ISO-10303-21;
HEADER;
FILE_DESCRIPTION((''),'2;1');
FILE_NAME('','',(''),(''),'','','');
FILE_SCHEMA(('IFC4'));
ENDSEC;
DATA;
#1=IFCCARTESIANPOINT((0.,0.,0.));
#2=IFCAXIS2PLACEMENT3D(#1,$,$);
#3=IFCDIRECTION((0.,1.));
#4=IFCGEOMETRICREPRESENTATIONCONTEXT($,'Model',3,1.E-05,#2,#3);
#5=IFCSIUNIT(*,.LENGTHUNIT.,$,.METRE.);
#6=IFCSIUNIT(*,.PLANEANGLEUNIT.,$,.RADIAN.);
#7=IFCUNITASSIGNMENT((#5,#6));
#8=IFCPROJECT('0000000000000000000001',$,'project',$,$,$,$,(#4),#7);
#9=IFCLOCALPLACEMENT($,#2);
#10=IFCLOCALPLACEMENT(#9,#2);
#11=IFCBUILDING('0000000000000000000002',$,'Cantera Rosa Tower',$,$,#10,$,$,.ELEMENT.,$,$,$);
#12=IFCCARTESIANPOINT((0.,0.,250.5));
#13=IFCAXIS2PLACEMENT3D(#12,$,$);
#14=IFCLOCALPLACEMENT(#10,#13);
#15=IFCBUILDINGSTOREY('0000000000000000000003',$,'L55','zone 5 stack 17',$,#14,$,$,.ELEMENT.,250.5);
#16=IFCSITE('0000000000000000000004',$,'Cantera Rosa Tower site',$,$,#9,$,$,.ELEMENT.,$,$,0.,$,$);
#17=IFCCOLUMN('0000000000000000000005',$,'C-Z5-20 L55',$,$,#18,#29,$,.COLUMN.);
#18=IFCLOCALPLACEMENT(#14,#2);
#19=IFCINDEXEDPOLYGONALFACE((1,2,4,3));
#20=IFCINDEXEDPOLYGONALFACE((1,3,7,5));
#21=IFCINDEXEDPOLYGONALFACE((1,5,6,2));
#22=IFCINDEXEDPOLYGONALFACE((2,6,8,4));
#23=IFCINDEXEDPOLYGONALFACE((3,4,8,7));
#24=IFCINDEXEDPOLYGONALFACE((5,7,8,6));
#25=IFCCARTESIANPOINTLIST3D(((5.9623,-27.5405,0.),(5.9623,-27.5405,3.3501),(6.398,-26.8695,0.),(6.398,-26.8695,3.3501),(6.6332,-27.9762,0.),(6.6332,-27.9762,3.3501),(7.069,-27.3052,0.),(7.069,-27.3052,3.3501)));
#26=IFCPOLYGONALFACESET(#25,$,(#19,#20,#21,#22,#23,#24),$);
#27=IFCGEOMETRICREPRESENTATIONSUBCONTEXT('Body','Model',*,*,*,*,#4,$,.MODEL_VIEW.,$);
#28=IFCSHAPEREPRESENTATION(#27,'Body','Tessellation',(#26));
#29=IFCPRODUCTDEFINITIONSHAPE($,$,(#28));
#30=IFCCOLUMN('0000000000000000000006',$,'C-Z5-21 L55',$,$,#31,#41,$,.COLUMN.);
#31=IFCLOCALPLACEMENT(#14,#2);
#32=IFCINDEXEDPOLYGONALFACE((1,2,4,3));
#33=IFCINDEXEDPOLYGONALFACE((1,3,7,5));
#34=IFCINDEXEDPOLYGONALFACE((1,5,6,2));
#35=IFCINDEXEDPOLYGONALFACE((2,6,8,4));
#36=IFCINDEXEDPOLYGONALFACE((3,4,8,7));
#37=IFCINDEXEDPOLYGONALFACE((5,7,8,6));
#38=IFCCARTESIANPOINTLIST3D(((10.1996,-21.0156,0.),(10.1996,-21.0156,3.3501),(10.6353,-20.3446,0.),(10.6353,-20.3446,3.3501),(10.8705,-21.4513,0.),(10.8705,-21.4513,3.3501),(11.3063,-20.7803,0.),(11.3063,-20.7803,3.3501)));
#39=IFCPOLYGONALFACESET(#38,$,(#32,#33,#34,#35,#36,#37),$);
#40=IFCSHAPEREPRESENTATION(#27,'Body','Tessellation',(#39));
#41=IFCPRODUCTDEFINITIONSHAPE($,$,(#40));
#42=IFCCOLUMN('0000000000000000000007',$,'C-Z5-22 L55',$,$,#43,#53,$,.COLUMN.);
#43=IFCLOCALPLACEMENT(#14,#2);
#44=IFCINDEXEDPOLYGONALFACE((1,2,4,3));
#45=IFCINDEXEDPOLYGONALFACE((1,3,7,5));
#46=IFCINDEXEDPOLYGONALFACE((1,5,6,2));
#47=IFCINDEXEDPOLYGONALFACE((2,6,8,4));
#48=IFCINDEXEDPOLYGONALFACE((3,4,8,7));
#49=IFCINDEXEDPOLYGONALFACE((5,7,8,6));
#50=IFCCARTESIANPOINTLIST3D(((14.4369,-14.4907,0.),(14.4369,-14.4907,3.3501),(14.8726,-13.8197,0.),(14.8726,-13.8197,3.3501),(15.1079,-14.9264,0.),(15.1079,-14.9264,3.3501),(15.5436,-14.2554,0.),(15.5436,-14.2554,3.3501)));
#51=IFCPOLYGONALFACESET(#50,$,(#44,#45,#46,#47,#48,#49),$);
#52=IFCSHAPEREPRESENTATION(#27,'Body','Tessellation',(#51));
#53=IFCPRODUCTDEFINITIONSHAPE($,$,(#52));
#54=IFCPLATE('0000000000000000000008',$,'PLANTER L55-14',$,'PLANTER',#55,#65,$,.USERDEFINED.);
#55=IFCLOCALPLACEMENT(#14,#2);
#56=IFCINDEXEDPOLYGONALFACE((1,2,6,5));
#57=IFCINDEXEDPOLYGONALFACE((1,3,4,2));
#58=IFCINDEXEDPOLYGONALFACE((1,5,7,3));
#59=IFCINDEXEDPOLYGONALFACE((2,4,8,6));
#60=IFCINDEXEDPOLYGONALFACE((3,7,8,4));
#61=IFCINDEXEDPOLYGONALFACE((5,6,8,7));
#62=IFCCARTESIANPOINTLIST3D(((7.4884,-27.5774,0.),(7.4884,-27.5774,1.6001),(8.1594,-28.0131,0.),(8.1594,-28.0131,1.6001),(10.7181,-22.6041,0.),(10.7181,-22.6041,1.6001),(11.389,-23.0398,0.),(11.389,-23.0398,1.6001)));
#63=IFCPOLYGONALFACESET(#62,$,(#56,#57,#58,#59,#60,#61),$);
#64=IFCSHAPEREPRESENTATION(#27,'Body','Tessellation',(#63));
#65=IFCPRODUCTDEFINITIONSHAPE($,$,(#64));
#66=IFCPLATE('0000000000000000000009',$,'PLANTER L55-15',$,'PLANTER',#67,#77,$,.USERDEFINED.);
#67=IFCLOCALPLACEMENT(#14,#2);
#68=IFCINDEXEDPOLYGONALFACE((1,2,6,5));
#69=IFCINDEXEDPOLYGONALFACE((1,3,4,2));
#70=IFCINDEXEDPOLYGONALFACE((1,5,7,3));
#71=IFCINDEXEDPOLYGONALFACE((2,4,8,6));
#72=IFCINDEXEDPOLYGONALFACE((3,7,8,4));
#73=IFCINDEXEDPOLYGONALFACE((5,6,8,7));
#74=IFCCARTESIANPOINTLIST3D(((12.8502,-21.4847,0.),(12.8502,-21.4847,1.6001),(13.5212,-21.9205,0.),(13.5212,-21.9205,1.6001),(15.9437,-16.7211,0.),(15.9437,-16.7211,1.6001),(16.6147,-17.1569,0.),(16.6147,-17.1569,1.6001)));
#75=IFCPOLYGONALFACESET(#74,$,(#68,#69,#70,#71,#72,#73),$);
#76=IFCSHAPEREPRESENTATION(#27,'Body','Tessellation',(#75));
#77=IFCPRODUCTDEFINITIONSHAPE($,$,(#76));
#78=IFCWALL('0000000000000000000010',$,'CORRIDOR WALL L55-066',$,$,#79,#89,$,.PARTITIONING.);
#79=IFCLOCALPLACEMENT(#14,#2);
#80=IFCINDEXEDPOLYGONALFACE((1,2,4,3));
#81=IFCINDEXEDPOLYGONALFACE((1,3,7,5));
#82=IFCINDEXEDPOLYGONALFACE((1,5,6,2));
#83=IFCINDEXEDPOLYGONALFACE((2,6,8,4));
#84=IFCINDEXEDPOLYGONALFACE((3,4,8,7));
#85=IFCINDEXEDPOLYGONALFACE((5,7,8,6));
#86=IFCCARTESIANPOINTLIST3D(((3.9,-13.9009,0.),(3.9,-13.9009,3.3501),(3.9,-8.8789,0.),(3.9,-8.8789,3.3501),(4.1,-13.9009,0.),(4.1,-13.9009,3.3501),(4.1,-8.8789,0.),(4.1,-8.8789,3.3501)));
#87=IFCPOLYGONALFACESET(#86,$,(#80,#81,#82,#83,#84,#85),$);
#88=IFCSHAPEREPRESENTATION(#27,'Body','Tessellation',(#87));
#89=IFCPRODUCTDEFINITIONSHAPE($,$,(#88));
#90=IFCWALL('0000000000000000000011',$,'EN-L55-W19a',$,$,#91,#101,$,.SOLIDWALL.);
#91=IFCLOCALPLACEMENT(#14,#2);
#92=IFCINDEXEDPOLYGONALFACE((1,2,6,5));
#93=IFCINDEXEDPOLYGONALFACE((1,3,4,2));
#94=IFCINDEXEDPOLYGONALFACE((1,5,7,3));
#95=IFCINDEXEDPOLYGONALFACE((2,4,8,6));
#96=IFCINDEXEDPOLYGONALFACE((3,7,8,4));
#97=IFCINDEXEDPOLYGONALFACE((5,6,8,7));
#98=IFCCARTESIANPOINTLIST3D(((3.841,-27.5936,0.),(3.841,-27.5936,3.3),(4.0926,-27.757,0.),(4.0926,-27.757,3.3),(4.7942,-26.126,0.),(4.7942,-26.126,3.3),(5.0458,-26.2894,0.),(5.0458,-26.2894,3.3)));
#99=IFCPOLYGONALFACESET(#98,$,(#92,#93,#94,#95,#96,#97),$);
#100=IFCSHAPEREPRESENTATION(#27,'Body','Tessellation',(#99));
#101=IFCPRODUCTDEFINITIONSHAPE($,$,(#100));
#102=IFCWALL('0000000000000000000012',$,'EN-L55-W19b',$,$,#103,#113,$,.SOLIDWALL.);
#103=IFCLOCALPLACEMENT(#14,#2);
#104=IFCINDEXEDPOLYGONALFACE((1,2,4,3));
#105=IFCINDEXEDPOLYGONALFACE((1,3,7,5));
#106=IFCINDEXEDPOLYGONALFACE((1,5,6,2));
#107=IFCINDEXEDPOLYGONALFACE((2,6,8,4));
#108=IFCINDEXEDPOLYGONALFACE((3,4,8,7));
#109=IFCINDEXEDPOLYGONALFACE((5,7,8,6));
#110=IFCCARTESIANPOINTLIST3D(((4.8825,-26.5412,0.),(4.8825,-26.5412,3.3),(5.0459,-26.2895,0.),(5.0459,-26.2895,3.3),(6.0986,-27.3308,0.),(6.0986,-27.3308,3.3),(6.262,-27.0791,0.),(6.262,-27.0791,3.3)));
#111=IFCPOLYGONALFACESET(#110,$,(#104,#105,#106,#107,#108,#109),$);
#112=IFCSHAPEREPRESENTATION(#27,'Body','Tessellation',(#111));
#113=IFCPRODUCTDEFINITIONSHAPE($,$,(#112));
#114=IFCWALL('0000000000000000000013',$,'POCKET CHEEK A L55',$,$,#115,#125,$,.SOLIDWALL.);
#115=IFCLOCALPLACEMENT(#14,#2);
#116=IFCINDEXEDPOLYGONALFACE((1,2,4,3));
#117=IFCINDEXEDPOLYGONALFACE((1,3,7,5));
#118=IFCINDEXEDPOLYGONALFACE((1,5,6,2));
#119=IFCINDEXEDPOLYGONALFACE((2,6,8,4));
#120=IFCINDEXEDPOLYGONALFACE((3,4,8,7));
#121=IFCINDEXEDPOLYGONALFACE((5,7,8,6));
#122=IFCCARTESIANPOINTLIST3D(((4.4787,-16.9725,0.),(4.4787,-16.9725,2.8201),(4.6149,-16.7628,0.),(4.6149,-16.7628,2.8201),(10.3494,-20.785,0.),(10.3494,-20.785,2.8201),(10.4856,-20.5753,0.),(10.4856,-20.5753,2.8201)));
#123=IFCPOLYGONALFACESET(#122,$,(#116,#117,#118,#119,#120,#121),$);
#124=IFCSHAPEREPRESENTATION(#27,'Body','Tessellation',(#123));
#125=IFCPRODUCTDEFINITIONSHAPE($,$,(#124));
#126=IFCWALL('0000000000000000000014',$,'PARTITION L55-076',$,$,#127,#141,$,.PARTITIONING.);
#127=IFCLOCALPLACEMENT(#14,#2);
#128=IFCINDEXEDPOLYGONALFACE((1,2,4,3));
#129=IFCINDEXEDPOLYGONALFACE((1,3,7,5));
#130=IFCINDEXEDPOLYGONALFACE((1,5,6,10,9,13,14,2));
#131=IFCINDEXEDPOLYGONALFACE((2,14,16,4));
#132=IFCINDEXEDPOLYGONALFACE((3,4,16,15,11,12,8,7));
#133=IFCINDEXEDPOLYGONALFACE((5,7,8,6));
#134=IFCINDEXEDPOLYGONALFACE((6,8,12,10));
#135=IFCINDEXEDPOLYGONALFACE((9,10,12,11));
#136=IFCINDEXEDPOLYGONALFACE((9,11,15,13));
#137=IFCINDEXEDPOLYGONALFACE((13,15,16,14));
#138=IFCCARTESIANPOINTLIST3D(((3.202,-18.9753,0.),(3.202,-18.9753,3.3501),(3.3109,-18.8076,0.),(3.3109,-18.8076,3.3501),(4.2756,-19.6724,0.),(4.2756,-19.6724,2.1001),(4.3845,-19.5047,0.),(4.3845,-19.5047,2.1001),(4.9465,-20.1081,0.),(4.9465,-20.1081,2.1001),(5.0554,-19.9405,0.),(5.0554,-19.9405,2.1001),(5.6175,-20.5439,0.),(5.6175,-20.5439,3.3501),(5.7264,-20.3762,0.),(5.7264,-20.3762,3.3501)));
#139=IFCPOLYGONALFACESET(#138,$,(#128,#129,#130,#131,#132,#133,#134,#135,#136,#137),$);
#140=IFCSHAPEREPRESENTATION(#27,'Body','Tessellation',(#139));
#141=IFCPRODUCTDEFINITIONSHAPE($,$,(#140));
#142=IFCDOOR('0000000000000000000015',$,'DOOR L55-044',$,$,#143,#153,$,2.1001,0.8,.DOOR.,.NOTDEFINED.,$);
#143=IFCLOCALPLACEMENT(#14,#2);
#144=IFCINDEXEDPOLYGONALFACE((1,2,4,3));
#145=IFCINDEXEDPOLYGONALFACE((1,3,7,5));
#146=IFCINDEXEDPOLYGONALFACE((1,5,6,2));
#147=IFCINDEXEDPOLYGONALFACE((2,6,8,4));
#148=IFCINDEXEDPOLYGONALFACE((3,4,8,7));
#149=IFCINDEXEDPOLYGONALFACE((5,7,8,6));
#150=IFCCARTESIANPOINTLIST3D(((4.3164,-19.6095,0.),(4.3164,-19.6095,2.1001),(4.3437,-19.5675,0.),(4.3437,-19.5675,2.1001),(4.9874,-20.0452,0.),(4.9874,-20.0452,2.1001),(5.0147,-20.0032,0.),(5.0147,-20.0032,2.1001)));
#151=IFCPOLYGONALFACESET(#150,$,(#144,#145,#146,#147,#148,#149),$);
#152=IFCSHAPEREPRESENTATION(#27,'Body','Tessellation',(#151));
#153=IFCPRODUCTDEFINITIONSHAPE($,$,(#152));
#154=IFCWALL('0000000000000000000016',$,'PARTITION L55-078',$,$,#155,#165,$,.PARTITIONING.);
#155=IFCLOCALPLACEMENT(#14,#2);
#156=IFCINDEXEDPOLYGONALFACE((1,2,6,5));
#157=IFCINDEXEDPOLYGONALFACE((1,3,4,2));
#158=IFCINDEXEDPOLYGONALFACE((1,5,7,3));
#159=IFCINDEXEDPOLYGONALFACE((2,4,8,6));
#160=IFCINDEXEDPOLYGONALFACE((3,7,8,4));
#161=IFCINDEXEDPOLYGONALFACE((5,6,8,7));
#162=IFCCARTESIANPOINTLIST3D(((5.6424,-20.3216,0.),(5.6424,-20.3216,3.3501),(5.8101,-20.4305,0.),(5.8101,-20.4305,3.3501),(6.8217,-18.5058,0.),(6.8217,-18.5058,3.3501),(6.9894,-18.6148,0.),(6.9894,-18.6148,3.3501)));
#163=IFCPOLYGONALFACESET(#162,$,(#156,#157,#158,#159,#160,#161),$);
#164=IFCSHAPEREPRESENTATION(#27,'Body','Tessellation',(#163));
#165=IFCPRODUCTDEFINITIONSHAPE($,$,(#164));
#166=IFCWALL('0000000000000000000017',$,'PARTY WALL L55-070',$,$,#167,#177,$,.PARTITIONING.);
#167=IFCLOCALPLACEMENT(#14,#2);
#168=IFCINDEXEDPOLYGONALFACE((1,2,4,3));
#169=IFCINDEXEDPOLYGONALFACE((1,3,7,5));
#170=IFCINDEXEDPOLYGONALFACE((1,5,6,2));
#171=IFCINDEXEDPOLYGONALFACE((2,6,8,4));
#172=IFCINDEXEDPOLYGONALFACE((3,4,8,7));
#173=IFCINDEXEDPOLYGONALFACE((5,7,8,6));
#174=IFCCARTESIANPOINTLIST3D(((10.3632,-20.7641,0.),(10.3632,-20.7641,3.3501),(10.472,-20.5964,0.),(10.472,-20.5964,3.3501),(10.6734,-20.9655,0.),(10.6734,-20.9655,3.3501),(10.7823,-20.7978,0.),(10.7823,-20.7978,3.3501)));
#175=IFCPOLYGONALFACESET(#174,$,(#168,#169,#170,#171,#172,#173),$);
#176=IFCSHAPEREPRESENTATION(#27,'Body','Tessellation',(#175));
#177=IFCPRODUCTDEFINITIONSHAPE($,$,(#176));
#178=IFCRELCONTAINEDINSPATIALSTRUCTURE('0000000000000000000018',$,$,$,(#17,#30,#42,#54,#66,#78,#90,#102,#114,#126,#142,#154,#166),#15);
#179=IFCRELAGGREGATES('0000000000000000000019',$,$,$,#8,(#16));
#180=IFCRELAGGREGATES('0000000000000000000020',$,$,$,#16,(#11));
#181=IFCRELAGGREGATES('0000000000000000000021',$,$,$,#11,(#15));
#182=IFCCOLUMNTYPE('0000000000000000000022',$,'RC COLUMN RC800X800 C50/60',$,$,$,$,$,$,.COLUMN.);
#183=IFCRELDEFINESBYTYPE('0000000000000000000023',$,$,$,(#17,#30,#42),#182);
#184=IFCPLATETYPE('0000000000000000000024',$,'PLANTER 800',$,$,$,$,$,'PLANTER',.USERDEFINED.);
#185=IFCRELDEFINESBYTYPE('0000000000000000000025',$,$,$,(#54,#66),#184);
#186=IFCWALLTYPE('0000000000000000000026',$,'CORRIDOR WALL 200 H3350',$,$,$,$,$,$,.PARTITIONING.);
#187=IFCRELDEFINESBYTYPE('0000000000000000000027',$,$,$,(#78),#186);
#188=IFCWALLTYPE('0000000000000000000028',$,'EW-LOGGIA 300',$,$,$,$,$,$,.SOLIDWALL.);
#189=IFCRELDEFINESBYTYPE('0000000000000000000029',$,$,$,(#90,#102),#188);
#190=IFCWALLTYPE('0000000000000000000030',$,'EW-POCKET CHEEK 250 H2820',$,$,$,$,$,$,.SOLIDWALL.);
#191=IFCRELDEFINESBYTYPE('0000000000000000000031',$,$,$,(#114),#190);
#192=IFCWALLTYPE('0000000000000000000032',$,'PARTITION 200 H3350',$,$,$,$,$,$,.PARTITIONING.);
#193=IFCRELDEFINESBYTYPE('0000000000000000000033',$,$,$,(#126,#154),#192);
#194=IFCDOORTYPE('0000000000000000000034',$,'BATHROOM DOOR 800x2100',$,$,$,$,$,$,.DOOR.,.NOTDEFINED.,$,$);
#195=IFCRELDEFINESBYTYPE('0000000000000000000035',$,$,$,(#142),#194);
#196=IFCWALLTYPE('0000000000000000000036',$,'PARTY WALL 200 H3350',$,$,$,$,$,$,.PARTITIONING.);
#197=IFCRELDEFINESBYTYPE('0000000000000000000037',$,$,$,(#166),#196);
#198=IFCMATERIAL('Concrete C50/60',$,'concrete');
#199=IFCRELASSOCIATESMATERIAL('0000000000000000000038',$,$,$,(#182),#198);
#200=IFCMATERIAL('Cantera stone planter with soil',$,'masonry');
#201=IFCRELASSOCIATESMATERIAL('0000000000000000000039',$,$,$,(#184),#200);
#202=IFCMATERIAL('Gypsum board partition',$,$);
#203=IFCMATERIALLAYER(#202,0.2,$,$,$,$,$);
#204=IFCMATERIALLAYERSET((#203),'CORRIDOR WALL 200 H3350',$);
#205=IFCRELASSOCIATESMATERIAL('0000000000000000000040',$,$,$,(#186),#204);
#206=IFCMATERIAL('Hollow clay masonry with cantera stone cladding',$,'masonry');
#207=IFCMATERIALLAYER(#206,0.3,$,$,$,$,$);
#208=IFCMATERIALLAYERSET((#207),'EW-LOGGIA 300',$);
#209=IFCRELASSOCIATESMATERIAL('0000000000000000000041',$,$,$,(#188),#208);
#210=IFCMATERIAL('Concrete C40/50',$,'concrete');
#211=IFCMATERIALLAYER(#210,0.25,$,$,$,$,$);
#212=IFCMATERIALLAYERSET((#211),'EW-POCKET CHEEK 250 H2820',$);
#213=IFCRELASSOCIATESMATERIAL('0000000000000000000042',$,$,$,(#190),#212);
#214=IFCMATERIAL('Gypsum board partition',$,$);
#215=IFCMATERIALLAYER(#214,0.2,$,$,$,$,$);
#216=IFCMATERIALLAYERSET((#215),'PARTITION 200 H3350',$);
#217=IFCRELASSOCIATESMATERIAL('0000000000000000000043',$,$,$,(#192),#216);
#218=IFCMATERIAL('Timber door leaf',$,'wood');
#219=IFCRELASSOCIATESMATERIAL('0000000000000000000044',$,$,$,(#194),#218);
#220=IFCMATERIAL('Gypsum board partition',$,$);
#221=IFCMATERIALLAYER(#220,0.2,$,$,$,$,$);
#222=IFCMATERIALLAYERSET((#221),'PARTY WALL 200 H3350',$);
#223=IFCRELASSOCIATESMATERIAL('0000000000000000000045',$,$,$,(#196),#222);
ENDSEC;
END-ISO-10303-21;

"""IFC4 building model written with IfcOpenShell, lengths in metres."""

from ifc_helpers import new_model, si_unit, direction, frame, frame_2d, origin, origin_2d, place, context, subcontext, project, spatial, rectangle, extrude, material, layer, layer_set, material_profile, profile_set, type_object, element, fill, save


model = new_model("IFC4")

# Units and contexts
model_context = context("Model", 3, precision=1e-05, world=origin(), true_north=direction((0.0, 1.0)))
body_context = subcontext(model_context, "Body", "Model", "MODEL_VIEW")
ifc_project = project(units=[si_unit("LENGTHUNIT", "METRE"), si_unit("PLANEANGLEUNIT", "RADIAN")], contexts=[model_context])

# Site, building, storey
site_placement = place(None, origin())
site = spatial("IfcSite", under=ifc_project, at=site_placement, Name="Cantera Rosa Tower site", CompositionType="ELEMENT", RefElevation=0.0)
building_placement = place(site_placement, origin())
building = spatial("IfcBuilding", under=site, at=building_placement, Name="Cantera Rosa Tower", CompositionType="ELEMENT")
storey_placement = place(building_placement, frame((0.0, 0.0, 250.5)))
storey = spatial("IfcBuildingStorey", under=building, at=storey_placement, Name="L55", Description="zone 5 stack 17", CompositionType="ELEMENT", Elevation=250.5)

# Columns
ifc_material_1 = material(Name="Concrete C50/60", Category="concrete")
ifc_material_profile = material_profile(ifc_material_1, rectangle(XDim=0.8, YDim=0.8, at=origin_2d()), Name="RC COLUMN RC800X800 C50/60")
ifc_profile_set = profile_set([ifc_material_profile], Name="Concrete C50/60")
column_type = type_object("IfcColumnType", Name="RC COLUMN RC800X800 C50/60", PredefinedType="COLUMN", material=ifc_profile_set)
for number, where, z_axis, x_axis, name in (
    (1, (6.5156, -27.4229, 0.0), (0.0, 0.0, 1.0), (0.544639, 0.838671, 0.0), "C-Z5-20 L55"),
    (2, (10.7529, -20.8979, 0.0), (0.0, 0.0, 1.0), (0.544639, 0.838671, 0.0), "C-Z5-21 L55"),
    (3, (14.9902, -14.373, 0.0), (0.0, 0.0, 1.0), (0.544639, 0.838671, 0.0), "C-Z5-22 L55"),
):
    element("IfcColumn", number, at=place(storey_placement, frame(where, z_axis=z_axis, x_axis=x_axis)), inside=storey, type_object=column_type, Name=name, PredefinedType="COLUMN", context=body_context, shape_type="SweptSolid", body=[
        extrude(rectangle(XDim=0.8, YDim=0.8, at=origin_2d()), origin(), (0.0, 0.0, 1.0), 3.3501),
    ])

# Plates
ifc_material_2 = material(Name="Cantera stone planter with soil", Category="masonry")
plate_type = type_object("IfcPlateType", Name="PLANTER 800", ElementType="PLANTER", PredefinedType="USERDEFINED", material=ifc_material_2)
plate_1_placement = place(storey_placement, frame((9.4387, -25.3086, 0.0), z_axis=(0.0, 0.0, 1.0), x_axis=(0.544639, 0.838671, 0.0)))
element("IfcPlate", 4, at=plate_1_placement, inside=storey, type_object=plate_type, Name="PLANTER L55-14", ObjectType="PLANTER", PredefinedType="USERDEFINED", context=body_context, shape_type="SweptSolid", body=[
    extrude(rectangle(XDim=5.9299, YDim=0.8, at=origin_2d()), origin(), (0.0, 0.0, 1.0), 1.6001),
])
plate_2_placement = place(storey_placement, frame((14.7324, -19.3208, 0.0), z_axis=(0.0, 0.0, 1.0), x_axis=(0.544639, 0.838671, 0.0)))
element("IfcPlate", 5, at=plate_2_placement, inside=storey, type_object=plate_type, Name="PLANTER L55-15", ObjectType="PLANTER", PredefinedType="USERDEFINED", context=body_context, shape_type="SweptSolid", body=[
    extrude(rectangle(XDim=5.6799, YDim=0.8, at=origin_2d()), origin(), (0.0, 0.0, 1.0), 1.6001),
])

# Walls
ifc_material_3 = material(Name="Gypsum board partition")
ifc_layer_1 = layer(ifc_material_3, 0.2)
ifc_layer_set_1 = layer_set([ifc_layer_1], Name="CORRIDOR WALL 200 H3350")
wall_type_1 = type_object("IfcWallType", Name="CORRIDOR WALL 200 H3350", PredefinedType="PARTITIONING", material=ifc_layer_set_1)
wall_1_placement = place(storey_placement, frame((4.0, -13.9009, 0.0), z_axis=(0.0, 0.0, 1.0), x_axis=(0.0, 1.0, 0.0)))
element("IfcWall", 6, at=wall_1_placement, inside=storey, type_object=wall_type_1, Name="CORRIDOR WALL L55-066", PredefinedType="PARTITIONING", context=body_context, shape_type="SweptSolid", body=[
    extrude(rectangle(XDim=5.022, YDim=0.2, at=frame_2d((2.511, 0.0))), origin(), (0.0, 0.0, 1.0), 3.3501),
])
ifc_material_4 = material(Name="Hollow clay masonry with cantera stone cladding", Category="masonry")
ifc_layer_2 = layer(ifc_material_4, 0.3)
ifc_layer_set_2 = layer_set([ifc_layer_2], Name="EW-LOGGIA 300")
wall_type_2 = type_object("IfcWallType", Name="EW-LOGGIA 300", PredefinedType="SOLIDWALL", material=ifc_layer_set_2)
wall_2_placement = place(storey_placement, frame((3.9668, -27.6753, 0.0), z_axis=(0.0, 0.0, 1.0), x_axis=(0.544679, 0.838644, 0.0)))
element("IfcWall", 7, at=wall_2_placement, inside=storey, type_object=wall_type_2, Name="EN-L55-W19a", PredefinedType="SOLIDWALL", context=body_context, shape_type="SweptSolid", body=[
    extrude(rectangle(XDim=1.75, YDim=0.3, at=frame_2d((0.875, 0.0))), origin(), (0.0, 0.0, 1.0), 3.3),
])
wall_3_placement = place(storey_placement, frame((4.9641, -26.4153, 0.0), z_axis=(0.0, 0.0, 1.0), x_axis=(0.838724, -0.544556, 0.0)))
element("IfcWall", 8, at=wall_3_placement, inside=storey, type_object=wall_type_2, Name="EN-L55-W19b", PredefinedType="SOLIDWALL", context=body_context, shape_type="SweptSolid", body=[
    extrude(rectangle(XDim=1.45, YDim=0.3, at=frame_2d((0.7251, 0.0))), origin(), (0.0, 0.0, 1.0), 3.3),
])

# Wall
ifc_material_5 = material(Name="Concrete C40/50", Category="concrete")
ifc_layer_3 = layer(ifc_material_5, 0.25)
ifc_layer_set_3 = layer_set([ifc_layer_3], Name="EW-POCKET CHEEK 250 H2820")
wall_type_3 = type_object("IfcWallType", Name="EW-POCKET CHEEK 250 H2820", PredefinedType="SOLIDWALL", material=ifc_layer_set_3)
wall_4_placement = place(storey_placement, frame((10.4175, -20.6802, 0.0), z_axis=(0.0, 0.0, 1.0), x_axis=(-0.838665, 0.544647, 0.0)))
element("IfcWall", 9, at=wall_4_placement, inside=storey, type_object=wall_type_3, Name="POCKET CHEEK A L55", PredefinedType="SOLIDWALL", context=body_context, shape_type="SweptSolid", body=[
    extrude(rectangle(XDim=7.0, YDim=0.25, at=frame_2d((3.5, 0.0))), origin(), (0.0, 0.0, 1.0), 2.8201),
])

# Wall, opening, door
ifc_material_6 = material(Name="Gypsum board partition")
ifc_layer_4 = layer(ifc_material_6, 0.2)
ifc_layer_set_4 = layer_set([ifc_layer_4], Name="PARTITION 200 H3350")
wall_type_4 = type_object("IfcWallType", Name="PARTITION 200 H3350", PredefinedType="PARTITIONING", material=ifc_layer_set_4)
wall_5_placement = place(storey_placement, frame((5.6719, -20.46, 0.0), z_axis=(0.0, 0.0, 1.0), x_axis=(-0.83868, 0.544625, 0.0)))
wall_5 = element("IfcWall", 10, at=wall_5_placement, inside=storey, type_object=wall_type_4, Name="PARTITION L55-076", PredefinedType="PARTITIONING", context=body_context, shape_type="SweptSolid", body=[
    extrude(rectangle(XDim=2.8801, YDim=0.2, at=frame_2d((1.4399, 0.0))), origin(), (0.0, 0.0, 1.0), 3.3501),
])
opening_1_placement = place(wall_5_placement, frame((0.8, 0.0, 0.0)))
opening_1 = element("IfcOpeningElement", 11, at=opening_1_placement, cuts=wall_5, PredefinedType="OPENING", context=body_context, shape_type="SweptSolid", body=[
    extrude(rectangle(XDim=0.8, YDim=2.1001, at=frame_2d((0.3999, 1.05))), frame((0.0, 0.1099, 0.0), z_axis=(0.0, -1.0, 0.0), x_axis=(1.0, 0.0, 0.0)), (0.0, 0.0, 1.0), 0.22),
])
ifc_material_7 = material(Name="Timber door leaf", Category="wood")
door_type_1 = type_object("IfcDoorType", Name="BATHROOM DOOR 800x2100", OperationType="NOTDEFINED", PredefinedType="DOOR", material=ifc_material_7)
door_1_placement = place(opening_1_placement, origin())
door_1 = element("IfcDoor", 12, at=door_1_placement, inside=storey, type_object=door_type_1, Name="DOOR L55-044", OperationType="NOTDEFINED", OverallHeight=2.1001, OverallWidth=0.8, PredefinedType="DOOR", context=body_context, shape_type="SweptSolid", body=[
    extrude(rectangle(XDim=0.8, YDim=2.1001, at=frame_2d((0.3999, 1.05))), frame((0.0, 0.0249, 0.0), z_axis=(0.0, -1.0, 0.0), x_axis=(1.0, 0.0, 0.0)), (0.0, 0.0, 1.0), 0.05),
])
fill(opening_1, door_1)

# Walls
wall_6_placement = place(storey_placement, frame((6.9055, -18.5603, 0.0), z_axis=(0.0, 0.0, 1.0), x_axis=(-0.544667, -0.838652, 0.0)))
element("IfcWall", 13, at=wall_6_placement, inside=storey, type_object=wall_type_4, Name="PARTITION L55-078", PredefinedType="PARTITIONING", context=body_context, shape_type="SweptSolid", body=[
    extrude(rectangle(XDim=2.165, YDim=0.2, at=frame_2d((1.0825, 0.0))), origin(), (0.0, 0.0, 1.0), 3.3501),
])
ifc_material_8 = material(Name="Gypsum board partition")
ifc_layer_5 = layer(ifc_material_8, 0.2)
ifc_layer_set_5 = layer_set([ifc_layer_5], Name="PARTY WALL 200 H3350")
wall_type_5 = type_object("IfcWallType", Name="PARTY WALL 200 H3350", PredefinedType="PARTITIONING", material=ifc_layer_set_5)
wall_7_placement = place(storey_placement, frame((10.4175, -20.6802, 0.0), z_axis=(0.0, 0.0, 1.0), x_axis=(0.83879, -0.544455, 0.0)))
element("IfcWall", 14, at=wall_7_placement, inside=storey, type_object=wall_type_5, Name="PARTY WALL L55-070", PredefinedType="PARTITIONING", context=body_context, shape_type="SweptSolid", body=[
    extrude(rectangle(XDim=0.3699, YDim=0.2, at=frame_2d((0.1851, 0.0))), origin(), (0.0, 0.0, 1.0), 3.3501),
])

save(model, "model.ifc")
